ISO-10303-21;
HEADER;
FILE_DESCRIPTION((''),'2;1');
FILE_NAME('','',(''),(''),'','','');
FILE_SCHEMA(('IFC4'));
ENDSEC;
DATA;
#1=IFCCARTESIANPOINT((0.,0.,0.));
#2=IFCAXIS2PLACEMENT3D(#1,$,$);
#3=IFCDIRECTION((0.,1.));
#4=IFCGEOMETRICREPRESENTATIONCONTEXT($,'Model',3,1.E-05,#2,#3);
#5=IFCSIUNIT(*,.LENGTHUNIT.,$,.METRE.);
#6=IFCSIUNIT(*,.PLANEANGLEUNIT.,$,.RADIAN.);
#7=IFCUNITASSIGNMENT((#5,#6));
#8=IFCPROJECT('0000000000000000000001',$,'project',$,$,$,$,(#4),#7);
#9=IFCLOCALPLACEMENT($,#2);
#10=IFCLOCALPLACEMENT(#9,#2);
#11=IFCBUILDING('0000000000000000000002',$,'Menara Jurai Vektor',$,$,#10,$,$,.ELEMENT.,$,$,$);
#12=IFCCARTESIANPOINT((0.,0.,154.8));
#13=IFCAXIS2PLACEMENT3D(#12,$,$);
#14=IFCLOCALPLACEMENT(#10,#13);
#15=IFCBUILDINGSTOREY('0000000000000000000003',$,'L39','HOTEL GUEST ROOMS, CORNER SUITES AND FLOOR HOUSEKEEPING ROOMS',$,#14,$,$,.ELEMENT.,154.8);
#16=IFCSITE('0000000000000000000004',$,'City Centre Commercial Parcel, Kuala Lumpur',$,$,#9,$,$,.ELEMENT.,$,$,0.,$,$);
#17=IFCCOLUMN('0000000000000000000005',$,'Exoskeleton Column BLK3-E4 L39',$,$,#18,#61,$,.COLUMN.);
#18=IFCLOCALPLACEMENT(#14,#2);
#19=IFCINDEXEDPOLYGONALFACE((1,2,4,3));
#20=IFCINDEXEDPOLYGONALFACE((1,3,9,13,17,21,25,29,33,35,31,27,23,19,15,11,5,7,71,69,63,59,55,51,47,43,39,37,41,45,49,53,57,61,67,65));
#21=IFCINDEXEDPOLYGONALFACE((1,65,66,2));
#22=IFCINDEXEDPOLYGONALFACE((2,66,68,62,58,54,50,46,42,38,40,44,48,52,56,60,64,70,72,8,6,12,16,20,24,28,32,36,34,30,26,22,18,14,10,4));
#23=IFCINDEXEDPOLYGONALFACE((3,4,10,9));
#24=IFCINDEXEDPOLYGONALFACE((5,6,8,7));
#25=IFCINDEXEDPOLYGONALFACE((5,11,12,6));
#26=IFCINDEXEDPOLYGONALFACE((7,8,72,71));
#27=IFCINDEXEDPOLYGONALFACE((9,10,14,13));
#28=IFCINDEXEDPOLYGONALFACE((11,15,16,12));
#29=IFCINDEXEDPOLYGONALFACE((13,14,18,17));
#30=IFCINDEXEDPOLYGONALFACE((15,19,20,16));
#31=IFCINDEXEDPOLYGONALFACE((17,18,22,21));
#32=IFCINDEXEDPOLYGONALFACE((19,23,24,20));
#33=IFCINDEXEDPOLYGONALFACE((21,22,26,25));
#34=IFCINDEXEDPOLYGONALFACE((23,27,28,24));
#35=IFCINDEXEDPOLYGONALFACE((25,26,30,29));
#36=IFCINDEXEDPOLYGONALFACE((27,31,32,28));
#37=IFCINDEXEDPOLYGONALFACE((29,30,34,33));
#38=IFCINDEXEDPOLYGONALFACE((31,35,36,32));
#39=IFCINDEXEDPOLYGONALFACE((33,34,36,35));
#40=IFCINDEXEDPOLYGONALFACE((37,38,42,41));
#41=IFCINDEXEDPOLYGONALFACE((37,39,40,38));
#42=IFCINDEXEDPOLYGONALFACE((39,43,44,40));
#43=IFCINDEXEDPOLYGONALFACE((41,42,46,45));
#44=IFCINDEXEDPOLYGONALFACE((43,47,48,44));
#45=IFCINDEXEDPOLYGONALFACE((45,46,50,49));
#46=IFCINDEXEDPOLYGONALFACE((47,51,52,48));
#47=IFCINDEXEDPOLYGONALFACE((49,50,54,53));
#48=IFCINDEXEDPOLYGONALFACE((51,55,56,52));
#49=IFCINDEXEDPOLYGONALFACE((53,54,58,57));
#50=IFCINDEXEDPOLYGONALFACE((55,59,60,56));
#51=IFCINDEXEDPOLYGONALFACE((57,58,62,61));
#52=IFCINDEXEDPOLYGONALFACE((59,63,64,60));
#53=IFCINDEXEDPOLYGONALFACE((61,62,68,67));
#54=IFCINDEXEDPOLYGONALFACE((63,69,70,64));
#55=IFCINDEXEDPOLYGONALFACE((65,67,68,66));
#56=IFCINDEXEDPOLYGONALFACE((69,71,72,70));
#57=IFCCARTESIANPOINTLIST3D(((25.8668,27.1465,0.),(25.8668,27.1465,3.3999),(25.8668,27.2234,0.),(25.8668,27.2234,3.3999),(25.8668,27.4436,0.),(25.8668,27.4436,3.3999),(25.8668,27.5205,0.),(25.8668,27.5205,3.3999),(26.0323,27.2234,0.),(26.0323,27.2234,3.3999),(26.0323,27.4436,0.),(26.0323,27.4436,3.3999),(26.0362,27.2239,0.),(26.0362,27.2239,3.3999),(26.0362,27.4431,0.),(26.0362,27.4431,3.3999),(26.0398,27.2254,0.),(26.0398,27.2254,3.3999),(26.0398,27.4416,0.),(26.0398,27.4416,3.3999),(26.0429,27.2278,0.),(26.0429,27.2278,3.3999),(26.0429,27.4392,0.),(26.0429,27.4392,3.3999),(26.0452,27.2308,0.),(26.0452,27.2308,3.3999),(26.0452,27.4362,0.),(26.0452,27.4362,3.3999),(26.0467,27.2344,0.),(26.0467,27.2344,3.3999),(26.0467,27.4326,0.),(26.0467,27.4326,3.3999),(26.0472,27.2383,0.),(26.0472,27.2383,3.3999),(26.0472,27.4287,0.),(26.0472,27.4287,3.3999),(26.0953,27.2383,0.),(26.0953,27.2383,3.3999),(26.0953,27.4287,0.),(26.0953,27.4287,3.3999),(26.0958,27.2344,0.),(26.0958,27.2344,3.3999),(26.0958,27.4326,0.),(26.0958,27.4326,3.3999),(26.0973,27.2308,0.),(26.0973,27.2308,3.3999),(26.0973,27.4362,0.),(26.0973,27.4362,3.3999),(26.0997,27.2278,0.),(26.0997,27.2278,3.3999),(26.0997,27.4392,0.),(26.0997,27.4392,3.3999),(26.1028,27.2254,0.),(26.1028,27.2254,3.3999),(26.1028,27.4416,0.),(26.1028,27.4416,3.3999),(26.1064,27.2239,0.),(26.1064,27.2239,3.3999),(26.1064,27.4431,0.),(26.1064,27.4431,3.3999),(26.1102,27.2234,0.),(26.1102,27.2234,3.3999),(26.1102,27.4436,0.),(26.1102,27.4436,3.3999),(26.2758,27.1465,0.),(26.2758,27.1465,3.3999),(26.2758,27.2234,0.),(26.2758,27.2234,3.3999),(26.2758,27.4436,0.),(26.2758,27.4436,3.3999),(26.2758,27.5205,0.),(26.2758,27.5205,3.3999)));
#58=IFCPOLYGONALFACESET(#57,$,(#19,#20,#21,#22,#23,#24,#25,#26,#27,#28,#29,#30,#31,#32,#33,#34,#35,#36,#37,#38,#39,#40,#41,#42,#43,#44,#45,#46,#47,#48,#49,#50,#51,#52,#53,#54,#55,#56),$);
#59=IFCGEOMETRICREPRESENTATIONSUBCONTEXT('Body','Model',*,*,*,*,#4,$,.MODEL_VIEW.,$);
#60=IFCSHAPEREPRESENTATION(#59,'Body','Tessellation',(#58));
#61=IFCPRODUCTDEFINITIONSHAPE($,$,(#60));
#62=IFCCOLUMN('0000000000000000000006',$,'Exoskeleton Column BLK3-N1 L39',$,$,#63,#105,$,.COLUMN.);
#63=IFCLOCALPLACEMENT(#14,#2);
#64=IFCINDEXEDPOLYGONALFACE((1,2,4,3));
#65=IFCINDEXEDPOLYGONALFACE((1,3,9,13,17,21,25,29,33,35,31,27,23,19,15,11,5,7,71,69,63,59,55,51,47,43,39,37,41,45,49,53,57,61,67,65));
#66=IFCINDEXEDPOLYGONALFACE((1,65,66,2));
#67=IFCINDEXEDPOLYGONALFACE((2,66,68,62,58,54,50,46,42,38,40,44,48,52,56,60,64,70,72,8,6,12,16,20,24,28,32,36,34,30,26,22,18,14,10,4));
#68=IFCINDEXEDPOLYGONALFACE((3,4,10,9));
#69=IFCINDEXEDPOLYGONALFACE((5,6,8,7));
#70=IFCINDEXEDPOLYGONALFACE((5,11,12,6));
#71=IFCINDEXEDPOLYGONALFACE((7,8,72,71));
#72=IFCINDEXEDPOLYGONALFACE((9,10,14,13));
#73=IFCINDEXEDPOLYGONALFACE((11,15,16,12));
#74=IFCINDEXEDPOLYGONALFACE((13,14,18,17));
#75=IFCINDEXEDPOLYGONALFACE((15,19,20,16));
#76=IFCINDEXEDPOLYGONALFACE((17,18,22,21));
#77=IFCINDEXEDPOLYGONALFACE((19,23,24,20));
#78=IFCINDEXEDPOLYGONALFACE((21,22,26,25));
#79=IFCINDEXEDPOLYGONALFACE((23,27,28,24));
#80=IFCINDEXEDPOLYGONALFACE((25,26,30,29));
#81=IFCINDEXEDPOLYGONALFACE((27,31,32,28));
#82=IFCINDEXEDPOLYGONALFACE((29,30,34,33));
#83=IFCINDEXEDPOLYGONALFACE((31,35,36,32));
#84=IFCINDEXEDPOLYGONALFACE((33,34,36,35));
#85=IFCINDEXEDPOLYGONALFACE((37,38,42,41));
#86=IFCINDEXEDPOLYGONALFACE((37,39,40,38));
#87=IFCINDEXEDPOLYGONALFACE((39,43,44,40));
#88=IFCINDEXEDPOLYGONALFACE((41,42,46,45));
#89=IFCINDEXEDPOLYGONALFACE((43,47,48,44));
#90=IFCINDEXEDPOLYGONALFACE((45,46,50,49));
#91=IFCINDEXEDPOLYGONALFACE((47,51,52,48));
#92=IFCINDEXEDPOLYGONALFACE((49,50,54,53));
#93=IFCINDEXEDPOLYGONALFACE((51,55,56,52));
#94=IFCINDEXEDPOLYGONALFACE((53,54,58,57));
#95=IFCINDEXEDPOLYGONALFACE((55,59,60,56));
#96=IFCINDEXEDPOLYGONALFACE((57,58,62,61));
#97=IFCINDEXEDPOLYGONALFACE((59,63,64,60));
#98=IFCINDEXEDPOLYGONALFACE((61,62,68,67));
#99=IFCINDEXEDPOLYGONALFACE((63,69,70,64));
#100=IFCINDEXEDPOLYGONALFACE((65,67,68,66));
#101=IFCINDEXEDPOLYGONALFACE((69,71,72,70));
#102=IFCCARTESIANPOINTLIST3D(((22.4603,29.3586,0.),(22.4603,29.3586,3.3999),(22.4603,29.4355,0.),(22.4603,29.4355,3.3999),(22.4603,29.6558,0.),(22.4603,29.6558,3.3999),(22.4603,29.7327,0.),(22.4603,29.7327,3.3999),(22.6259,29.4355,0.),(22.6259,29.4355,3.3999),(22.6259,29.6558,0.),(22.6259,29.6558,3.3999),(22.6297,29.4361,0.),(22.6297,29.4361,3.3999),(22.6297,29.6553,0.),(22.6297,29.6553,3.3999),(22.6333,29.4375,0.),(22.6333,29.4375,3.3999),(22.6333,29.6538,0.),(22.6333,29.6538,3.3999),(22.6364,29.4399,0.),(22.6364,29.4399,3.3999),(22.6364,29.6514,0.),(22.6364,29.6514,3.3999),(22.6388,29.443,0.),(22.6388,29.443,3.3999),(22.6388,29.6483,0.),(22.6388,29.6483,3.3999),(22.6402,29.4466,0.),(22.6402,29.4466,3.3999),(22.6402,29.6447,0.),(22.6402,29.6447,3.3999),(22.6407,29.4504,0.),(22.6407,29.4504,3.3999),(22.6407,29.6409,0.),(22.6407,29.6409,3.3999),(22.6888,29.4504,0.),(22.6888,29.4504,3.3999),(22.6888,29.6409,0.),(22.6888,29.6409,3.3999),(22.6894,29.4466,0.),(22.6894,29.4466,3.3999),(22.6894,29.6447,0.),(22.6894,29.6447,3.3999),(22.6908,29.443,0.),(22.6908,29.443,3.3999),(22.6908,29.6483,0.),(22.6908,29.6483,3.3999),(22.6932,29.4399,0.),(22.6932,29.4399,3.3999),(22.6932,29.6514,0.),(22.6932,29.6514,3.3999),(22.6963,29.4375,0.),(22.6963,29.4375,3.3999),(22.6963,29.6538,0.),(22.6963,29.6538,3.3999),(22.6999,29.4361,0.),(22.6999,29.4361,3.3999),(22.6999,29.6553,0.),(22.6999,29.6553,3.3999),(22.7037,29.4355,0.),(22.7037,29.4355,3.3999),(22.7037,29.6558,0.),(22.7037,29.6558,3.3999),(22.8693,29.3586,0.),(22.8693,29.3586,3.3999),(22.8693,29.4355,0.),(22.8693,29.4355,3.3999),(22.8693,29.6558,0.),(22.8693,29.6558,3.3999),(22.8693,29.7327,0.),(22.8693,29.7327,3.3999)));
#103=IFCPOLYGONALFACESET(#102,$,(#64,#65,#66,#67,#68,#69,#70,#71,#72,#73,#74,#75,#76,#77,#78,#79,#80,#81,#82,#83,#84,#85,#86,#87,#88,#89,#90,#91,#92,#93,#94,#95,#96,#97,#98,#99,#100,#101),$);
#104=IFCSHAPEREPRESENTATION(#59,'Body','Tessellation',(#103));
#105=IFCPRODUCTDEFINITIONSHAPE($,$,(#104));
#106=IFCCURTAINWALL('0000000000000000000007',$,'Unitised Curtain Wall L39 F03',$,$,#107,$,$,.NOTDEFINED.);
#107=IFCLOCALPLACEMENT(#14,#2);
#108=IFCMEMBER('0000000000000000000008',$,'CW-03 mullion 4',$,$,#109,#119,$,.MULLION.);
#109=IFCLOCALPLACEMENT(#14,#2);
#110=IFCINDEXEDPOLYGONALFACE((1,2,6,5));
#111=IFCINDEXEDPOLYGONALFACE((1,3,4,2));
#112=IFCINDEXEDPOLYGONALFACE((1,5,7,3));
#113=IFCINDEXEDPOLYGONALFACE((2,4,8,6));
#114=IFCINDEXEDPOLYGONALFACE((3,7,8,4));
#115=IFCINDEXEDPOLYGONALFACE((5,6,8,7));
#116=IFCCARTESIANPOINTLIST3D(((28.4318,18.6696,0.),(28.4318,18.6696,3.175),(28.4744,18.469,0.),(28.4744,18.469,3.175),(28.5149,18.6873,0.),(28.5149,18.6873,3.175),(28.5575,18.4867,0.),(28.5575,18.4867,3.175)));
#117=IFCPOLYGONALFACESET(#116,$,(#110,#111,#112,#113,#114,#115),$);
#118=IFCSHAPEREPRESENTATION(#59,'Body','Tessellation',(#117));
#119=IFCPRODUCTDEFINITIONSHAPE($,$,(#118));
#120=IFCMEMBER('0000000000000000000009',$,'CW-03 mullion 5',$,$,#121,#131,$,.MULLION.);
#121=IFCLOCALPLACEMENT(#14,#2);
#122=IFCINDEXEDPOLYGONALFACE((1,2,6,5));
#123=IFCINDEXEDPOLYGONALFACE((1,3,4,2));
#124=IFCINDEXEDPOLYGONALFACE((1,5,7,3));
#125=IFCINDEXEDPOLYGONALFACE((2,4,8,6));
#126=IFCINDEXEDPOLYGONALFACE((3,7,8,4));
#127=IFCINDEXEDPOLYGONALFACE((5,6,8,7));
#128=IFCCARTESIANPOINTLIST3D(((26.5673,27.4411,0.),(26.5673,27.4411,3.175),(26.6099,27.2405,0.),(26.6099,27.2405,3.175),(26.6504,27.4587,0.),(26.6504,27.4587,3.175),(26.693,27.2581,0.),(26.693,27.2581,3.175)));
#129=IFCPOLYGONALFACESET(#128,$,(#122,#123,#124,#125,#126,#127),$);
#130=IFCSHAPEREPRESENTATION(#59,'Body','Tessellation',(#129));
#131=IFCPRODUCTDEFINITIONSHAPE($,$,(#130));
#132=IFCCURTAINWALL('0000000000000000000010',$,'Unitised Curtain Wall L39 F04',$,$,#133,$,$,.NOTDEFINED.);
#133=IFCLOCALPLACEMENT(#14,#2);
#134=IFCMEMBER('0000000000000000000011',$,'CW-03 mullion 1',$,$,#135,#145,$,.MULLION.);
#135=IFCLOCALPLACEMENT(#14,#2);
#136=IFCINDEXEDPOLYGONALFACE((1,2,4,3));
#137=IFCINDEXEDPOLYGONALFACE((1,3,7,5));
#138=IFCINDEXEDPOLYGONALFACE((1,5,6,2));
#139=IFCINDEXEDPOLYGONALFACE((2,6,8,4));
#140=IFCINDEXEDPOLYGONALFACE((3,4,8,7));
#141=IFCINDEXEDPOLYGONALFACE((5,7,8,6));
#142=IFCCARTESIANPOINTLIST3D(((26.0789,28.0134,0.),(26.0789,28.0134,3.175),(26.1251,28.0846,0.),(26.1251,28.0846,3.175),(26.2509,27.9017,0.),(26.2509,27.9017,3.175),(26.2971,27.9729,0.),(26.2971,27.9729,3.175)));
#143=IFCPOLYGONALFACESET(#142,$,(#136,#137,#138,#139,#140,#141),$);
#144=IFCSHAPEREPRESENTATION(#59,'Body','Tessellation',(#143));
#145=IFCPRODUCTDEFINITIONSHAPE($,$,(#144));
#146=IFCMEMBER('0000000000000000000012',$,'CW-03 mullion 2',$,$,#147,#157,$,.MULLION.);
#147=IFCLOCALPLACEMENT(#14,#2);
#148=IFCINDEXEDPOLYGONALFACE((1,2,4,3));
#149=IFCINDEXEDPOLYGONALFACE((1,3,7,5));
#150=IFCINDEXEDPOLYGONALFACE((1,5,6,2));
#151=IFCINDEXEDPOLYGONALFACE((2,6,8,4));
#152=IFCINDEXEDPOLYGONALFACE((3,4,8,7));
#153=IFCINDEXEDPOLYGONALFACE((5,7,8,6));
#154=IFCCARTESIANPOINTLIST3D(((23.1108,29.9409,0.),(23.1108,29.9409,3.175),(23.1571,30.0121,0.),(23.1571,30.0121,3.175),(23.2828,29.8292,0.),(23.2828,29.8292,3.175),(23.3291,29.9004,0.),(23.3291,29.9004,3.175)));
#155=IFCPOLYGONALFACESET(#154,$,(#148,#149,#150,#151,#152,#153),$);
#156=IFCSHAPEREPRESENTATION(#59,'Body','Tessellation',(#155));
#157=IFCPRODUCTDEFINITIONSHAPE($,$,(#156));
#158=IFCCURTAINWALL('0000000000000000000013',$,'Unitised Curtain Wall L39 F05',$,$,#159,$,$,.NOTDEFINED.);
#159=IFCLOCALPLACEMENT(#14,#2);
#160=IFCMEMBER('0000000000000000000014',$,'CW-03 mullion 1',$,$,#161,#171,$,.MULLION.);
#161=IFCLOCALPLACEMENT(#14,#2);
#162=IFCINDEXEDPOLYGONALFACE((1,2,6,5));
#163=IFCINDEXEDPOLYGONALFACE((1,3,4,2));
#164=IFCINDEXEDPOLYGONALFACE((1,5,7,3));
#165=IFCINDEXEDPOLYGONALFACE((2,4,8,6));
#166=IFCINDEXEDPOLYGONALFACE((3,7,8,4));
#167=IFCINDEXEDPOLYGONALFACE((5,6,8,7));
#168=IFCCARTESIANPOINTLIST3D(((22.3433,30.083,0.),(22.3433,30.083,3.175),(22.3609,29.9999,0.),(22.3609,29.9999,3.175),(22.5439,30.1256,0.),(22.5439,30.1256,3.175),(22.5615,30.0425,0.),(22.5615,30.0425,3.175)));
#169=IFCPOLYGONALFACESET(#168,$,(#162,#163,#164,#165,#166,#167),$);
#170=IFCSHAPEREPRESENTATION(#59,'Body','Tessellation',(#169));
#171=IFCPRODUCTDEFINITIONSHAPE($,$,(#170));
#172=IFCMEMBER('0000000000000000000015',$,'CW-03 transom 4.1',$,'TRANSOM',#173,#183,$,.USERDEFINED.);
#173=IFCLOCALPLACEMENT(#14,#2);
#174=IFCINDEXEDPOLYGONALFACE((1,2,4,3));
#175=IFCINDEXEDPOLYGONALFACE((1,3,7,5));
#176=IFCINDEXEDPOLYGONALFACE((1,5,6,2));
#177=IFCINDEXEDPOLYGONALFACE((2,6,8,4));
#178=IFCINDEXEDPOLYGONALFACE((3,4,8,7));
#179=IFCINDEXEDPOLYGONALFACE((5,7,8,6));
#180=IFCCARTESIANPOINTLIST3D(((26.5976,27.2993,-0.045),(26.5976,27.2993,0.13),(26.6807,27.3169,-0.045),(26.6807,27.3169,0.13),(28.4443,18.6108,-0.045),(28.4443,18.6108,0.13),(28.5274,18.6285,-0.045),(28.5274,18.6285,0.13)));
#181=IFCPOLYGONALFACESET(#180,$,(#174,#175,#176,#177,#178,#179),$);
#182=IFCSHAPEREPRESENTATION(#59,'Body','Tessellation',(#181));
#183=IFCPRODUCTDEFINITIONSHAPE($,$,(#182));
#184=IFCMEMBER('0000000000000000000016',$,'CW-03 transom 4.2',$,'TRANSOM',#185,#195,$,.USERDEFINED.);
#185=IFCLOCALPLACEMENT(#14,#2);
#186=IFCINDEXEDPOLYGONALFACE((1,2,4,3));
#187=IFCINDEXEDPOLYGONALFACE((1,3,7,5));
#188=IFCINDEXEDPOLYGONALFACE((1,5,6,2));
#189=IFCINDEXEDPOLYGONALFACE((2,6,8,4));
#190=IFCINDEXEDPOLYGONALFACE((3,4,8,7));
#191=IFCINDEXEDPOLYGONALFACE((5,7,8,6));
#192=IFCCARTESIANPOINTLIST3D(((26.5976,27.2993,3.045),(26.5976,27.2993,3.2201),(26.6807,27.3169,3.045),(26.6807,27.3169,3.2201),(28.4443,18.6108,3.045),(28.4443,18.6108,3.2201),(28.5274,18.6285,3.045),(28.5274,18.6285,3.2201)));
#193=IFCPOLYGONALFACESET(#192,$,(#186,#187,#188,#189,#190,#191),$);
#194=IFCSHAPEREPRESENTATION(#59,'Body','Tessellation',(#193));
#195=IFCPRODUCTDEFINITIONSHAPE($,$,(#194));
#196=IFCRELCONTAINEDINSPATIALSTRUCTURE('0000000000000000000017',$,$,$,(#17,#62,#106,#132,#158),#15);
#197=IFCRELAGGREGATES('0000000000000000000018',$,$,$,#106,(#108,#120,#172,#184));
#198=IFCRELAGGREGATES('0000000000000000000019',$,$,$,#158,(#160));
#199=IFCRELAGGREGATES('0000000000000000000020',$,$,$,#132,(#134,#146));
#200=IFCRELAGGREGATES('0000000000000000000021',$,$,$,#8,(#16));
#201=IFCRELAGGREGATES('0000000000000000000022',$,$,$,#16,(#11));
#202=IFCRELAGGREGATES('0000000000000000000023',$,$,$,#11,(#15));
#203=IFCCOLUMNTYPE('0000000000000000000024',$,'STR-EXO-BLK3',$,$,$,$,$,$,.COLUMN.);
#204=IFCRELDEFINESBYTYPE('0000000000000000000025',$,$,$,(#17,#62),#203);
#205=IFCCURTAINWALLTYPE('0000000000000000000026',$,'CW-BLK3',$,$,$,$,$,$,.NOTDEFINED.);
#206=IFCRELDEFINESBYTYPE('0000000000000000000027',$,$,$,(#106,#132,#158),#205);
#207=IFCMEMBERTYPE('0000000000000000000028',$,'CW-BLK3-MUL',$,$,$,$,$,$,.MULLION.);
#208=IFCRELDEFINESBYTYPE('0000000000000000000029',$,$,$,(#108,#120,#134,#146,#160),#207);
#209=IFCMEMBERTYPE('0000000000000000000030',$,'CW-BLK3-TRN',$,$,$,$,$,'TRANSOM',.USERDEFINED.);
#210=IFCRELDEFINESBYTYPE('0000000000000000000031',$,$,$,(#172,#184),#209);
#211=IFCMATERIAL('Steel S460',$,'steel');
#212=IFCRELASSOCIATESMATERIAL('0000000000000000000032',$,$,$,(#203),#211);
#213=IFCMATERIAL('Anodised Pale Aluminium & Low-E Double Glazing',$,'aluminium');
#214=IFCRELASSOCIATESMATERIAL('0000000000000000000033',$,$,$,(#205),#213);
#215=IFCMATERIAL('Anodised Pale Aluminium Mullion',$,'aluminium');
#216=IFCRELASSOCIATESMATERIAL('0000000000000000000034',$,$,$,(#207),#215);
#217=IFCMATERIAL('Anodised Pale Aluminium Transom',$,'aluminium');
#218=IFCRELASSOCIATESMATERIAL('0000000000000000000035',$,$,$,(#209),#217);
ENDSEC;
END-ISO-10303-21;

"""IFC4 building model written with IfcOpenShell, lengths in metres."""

from ifc_helpers import new_model, si_unit, direction, frame, origin, origin_2d, place, context, subcontext, project, spatial, rectangle, i_section, extrude, material, material_profile, profile_set, type_object, element, aggregate, save


model = new_model("IFC4")

# Units and contexts
model_context = context("Model", 3, precision=1e-05, world=origin(), true_north=direction((0.0, 1.0)))
body_context = subcontext(model_context, "Body", "Model", "MODEL_VIEW")
ifc_project = project(units=[si_unit("LENGTHUNIT", "METRE"), si_unit("PLANEANGLEUNIT", "RADIAN")], contexts=[model_context])

# Site, building, storey
site_placement = place(None, origin())
site = spatial("IfcSite", under=ifc_project, at=site_placement, Name="City Centre Commercial Parcel, Kuala Lumpur", CompositionType="ELEMENT", RefElevation=0.0)
building_placement = place(site_placement, origin())
building = spatial("IfcBuilding", under=site, at=building_placement, Name="Menara Jurai Vektor", CompositionType="ELEMENT")
storey_placement = place(building_placement, frame((0.0, 0.0, 154.8)))
storey = spatial("IfcBuildingStorey", under=building, at=storey_placement, Name="L39", Description="HOTEL GUEST ROOMS, CORNER SUITES AND FLOOR HOUSEKEEPING ROOMS", CompositionType="ELEMENT", Elevation=154.8)

# Columns
ifc_material_1 = material(Name="Steel S460", Category="steel")
ifc_material_profile_1 = material_profile(ifc_material_1, i_section(OverallWidth=0.4089, OverallDepth=0.374, WebThickness=0.0481, FlangeThickness=0.0769, FilletRadius=0.0149, at=origin_2d()), Name="HD 400x634")
ifc_profile_set_1 = profile_set([ifc_material_profile_1], Name="Steel S460")
column_type = type_object("IfcColumnType", Name="STR-EXO-BLK3", PredefinedType="COLUMN", material=ifc_profile_set_1)
for number, where, z_axis, x_axis, name in (
    (1, (26.0713, 27.3335, 0.0), (0.0, 0.0, 1.0), (1.0, 0.0, 0.0), "Exoskeleton Column BLK3-E4 L39"),
    (2, (22.6648, 29.5457, 0.0), (0.0, 0.0, 1.0), (1.0, 0.0, 0.0), "Exoskeleton Column BLK3-N1 L39"),
):
    element("IfcColumn", number, at=place(storey_placement, frame(where, z_axis=z_axis, x_axis=x_axis)), inside=storey, type_object=column_type, Name=name, PredefinedType="COLUMN", context=body_context, shape_type="SweptSolid", body=[
        extrude(i_section(OverallWidth=0.4089, OverallDepth=0.374, WebThickness=0.0481, FlangeThickness=0.0769, FilletRadius=0.0149, at=origin_2d()), origin(), (0.0, 0.0, 1.0), 3.3999),
    ])

# Curtain walls, members
ifc_material_2 = material(Name="Anodised Pale Aluminium & Low-E Double Glazing", Category="aluminium")
curtain_wall_type = type_object("IfcCurtainWallType", Name="CW-BLK3", PredefinedType="NOTDEFINED", material=ifc_material_2)
curtain_wall_1_placement = place(storey_placement, origin())
curtain_wall_1 = element("IfcCurtainWall", 3, at=curtain_wall_1_placement, inside=storey, type_object=curtain_wall_type, Name="Unitised Curtain Wall L39 F03", PredefinedType="NOTDEFINED")
ifc_material_3 = material(Name="Anodised Pale Aluminium Mullion", Category="aluminium")
ifc_material_profile_2 = material_profile(ifc_material_3, rectangle(XDim=0.085, YDim=0.2051, at=origin_2d()), Name="ALU MUL 85x205")
ifc_profile_set_2 = profile_set([ifc_material_profile_2], Name="Anodised Pale Aluminium Mullion")
member_type_1 = type_object("IfcMemberType", Name="CW-BLK3-MUL", PredefinedType="MULLION", material=ifc_profile_set_2)
member_1_placement = place(storey_placement, frame((28.4946, 18.5781, 0.0), z_axis=(0.0, 0.0, 1.0), x_axis=(-0.978148, -0.20791, 0.0)))
member_1 = element("IfcMember", 4, at=member_1_placement, type_object=member_type_1, Name="CW-03 mullion 4", PredefinedType="MULLION", context=body_context, shape_type="SweptSolid", body=[
    extrude(rectangle(XDim=0.085, YDim=0.2051, at=origin_2d()), origin(), (0.0, 0.0, 1.0), 3.175),
])
member_2_placement = place(storey_placement, frame((26.6301, 27.3496, 0.0), z_axis=(0.0, 0.0, 1.0), x_axis=(-0.978148, -0.20791, 0.0)))
member_2 = element("IfcMember", 5, at=member_2_placement, type_object=member_type_1, Name="CW-03 mullion 5", PredefinedType="MULLION", context=body_context, shape_type="SweptSolid", body=[
    extrude(rectangle(XDim=0.085, YDim=0.2051, at=origin_2d()), origin(), (0.0, 0.0, 1.0), 3.175),
])
curtain_wall_2_placement = place(storey_placement, origin())
curtain_wall_2 = element("IfcCurtainWall", 6, at=curtain_wall_2_placement, inside=storey, type_object=curtain_wall_type, Name="Unitised Curtain Wall L39 F04", PredefinedType="NOTDEFINED")
member_3_placement = place(storey_placement, frame((26.188, 27.9932, 0.0), z_axis=(0.0, 0.0, 1.0), x_axis=(-0.544618, -0.838684, 0.0)))
member_3 = element("IfcMember", 7, at=member_3_placement, type_object=member_type_1, Name="CW-03 mullion 1", PredefinedType="MULLION", context=body_context, shape_type="SweptSolid", body=[
    extrude(rectangle(XDim=0.085, YDim=0.2051, at=origin_2d()), origin(), (0.0, 0.0, 1.0), 3.175),
])
member_4_placement = place(storey_placement, frame((23.22, 29.9207, 0.0), z_axis=(0.0, 0.0, 1.0), x_axis=(-0.544618, -0.838684, 0.0)))
member_4 = element("IfcMember", 8, at=member_4_placement, type_object=member_type_1, Name="CW-03 mullion 2", PredefinedType="MULLION", context=body_context, shape_type="SweptSolid", body=[
    extrude(rectangle(XDim=0.085, YDim=0.2051, at=origin_2d()), origin(), (0.0, 0.0, 1.0), 3.175),
])

# Curtain wall, member
curtain_wall_3_placement = place(storey_placement, origin())
curtain_wall_3 = element("IfcCurtainWall", 9, at=curtain_wall_3_placement, inside=storey, type_object=curtain_wall_type, Name="Unitised Curtain Wall L39 F05", PredefinedType="NOTDEFINED")
member_5_placement = place(storey_placement, frame((22.4524, 30.0627, 0.0), z_axis=(0.0, 0.0, 1.0), x_axis=(0.207911, -0.978148, 0.0)))
member_5 = element("IfcMember", 10, at=member_5_placement, type_object=member_type_1, Name="CW-03 mullion 1", PredefinedType="MULLION", context=body_context, shape_type="SweptSolid", body=[
    extrude(rectangle(XDim=0.085, YDim=0.2051, at=origin_2d()), origin(), (0.0, 0.0, 1.0), 3.175),
])

# Members
ifc_material_4 = material(Name="Anodised Pale Aluminium Transom", Category="aluminium")
ifc_material_profile_3 = material_profile(ifc_material_4, rectangle(XDim=0.085, YDim=0.175, at=origin_2d()), Name="ALU TRN 85x175")
ifc_profile_set_3 = profile_set([ifc_material_profile_3], Name="Anodised Pale Aluminium Transom")
member_type_2 = type_object("IfcMemberType", Name="CW-BLK3-TRN", ElementType="TRANSOM", PredefinedType="USERDEFINED", material=ifc_profile_set_3)
member_6_placement = place(storey_placement, frame((28.4858, 18.6196, 0.0425), z_axis=(-0.2079, 0.97815, 0.0), x_axis=(-0.97815, -0.2079, 0.0)))
member_6 = element("IfcMember", 11, at=member_6_placement, type_object=member_type_2, Name="CW-03 transom 4.1", ObjectType="TRANSOM", PredefinedType="USERDEFINED", context=body_context, shape_type="SweptSolid", body=[
    extrude(rectangle(XDim=0.085, YDim=0.175, at=origin_2d()), origin(), (0.0, 0.0, 1.0), 8.8826),
])
member_7_placement = place(storey_placement, frame((28.4858, 18.6196, 3.1326), z_axis=(-0.2079, 0.97815, 0.0), x_axis=(-0.97815, -0.2079, 0.0)))
member_7 = element("IfcMember", 12, at=member_7_placement, type_object=member_type_2, Name="CW-03 transom 4.2", ObjectType="TRANSOM", PredefinedType="USERDEFINED", context=body_context, shape_type="SweptSolid", body=[
    extrude(rectangle(XDim=0.085, YDim=0.175, at=origin_2d()), origin(), (0.0, 0.0, 1.0), 8.8826),
])

aggregate(curtain_wall_1, [member_1, member_2, member_6, member_7])
aggregate(curtain_wall_3, [member_5])
aggregate(curtain_wall_2, [member_3, member_4])

save(model, "model.ifc")
